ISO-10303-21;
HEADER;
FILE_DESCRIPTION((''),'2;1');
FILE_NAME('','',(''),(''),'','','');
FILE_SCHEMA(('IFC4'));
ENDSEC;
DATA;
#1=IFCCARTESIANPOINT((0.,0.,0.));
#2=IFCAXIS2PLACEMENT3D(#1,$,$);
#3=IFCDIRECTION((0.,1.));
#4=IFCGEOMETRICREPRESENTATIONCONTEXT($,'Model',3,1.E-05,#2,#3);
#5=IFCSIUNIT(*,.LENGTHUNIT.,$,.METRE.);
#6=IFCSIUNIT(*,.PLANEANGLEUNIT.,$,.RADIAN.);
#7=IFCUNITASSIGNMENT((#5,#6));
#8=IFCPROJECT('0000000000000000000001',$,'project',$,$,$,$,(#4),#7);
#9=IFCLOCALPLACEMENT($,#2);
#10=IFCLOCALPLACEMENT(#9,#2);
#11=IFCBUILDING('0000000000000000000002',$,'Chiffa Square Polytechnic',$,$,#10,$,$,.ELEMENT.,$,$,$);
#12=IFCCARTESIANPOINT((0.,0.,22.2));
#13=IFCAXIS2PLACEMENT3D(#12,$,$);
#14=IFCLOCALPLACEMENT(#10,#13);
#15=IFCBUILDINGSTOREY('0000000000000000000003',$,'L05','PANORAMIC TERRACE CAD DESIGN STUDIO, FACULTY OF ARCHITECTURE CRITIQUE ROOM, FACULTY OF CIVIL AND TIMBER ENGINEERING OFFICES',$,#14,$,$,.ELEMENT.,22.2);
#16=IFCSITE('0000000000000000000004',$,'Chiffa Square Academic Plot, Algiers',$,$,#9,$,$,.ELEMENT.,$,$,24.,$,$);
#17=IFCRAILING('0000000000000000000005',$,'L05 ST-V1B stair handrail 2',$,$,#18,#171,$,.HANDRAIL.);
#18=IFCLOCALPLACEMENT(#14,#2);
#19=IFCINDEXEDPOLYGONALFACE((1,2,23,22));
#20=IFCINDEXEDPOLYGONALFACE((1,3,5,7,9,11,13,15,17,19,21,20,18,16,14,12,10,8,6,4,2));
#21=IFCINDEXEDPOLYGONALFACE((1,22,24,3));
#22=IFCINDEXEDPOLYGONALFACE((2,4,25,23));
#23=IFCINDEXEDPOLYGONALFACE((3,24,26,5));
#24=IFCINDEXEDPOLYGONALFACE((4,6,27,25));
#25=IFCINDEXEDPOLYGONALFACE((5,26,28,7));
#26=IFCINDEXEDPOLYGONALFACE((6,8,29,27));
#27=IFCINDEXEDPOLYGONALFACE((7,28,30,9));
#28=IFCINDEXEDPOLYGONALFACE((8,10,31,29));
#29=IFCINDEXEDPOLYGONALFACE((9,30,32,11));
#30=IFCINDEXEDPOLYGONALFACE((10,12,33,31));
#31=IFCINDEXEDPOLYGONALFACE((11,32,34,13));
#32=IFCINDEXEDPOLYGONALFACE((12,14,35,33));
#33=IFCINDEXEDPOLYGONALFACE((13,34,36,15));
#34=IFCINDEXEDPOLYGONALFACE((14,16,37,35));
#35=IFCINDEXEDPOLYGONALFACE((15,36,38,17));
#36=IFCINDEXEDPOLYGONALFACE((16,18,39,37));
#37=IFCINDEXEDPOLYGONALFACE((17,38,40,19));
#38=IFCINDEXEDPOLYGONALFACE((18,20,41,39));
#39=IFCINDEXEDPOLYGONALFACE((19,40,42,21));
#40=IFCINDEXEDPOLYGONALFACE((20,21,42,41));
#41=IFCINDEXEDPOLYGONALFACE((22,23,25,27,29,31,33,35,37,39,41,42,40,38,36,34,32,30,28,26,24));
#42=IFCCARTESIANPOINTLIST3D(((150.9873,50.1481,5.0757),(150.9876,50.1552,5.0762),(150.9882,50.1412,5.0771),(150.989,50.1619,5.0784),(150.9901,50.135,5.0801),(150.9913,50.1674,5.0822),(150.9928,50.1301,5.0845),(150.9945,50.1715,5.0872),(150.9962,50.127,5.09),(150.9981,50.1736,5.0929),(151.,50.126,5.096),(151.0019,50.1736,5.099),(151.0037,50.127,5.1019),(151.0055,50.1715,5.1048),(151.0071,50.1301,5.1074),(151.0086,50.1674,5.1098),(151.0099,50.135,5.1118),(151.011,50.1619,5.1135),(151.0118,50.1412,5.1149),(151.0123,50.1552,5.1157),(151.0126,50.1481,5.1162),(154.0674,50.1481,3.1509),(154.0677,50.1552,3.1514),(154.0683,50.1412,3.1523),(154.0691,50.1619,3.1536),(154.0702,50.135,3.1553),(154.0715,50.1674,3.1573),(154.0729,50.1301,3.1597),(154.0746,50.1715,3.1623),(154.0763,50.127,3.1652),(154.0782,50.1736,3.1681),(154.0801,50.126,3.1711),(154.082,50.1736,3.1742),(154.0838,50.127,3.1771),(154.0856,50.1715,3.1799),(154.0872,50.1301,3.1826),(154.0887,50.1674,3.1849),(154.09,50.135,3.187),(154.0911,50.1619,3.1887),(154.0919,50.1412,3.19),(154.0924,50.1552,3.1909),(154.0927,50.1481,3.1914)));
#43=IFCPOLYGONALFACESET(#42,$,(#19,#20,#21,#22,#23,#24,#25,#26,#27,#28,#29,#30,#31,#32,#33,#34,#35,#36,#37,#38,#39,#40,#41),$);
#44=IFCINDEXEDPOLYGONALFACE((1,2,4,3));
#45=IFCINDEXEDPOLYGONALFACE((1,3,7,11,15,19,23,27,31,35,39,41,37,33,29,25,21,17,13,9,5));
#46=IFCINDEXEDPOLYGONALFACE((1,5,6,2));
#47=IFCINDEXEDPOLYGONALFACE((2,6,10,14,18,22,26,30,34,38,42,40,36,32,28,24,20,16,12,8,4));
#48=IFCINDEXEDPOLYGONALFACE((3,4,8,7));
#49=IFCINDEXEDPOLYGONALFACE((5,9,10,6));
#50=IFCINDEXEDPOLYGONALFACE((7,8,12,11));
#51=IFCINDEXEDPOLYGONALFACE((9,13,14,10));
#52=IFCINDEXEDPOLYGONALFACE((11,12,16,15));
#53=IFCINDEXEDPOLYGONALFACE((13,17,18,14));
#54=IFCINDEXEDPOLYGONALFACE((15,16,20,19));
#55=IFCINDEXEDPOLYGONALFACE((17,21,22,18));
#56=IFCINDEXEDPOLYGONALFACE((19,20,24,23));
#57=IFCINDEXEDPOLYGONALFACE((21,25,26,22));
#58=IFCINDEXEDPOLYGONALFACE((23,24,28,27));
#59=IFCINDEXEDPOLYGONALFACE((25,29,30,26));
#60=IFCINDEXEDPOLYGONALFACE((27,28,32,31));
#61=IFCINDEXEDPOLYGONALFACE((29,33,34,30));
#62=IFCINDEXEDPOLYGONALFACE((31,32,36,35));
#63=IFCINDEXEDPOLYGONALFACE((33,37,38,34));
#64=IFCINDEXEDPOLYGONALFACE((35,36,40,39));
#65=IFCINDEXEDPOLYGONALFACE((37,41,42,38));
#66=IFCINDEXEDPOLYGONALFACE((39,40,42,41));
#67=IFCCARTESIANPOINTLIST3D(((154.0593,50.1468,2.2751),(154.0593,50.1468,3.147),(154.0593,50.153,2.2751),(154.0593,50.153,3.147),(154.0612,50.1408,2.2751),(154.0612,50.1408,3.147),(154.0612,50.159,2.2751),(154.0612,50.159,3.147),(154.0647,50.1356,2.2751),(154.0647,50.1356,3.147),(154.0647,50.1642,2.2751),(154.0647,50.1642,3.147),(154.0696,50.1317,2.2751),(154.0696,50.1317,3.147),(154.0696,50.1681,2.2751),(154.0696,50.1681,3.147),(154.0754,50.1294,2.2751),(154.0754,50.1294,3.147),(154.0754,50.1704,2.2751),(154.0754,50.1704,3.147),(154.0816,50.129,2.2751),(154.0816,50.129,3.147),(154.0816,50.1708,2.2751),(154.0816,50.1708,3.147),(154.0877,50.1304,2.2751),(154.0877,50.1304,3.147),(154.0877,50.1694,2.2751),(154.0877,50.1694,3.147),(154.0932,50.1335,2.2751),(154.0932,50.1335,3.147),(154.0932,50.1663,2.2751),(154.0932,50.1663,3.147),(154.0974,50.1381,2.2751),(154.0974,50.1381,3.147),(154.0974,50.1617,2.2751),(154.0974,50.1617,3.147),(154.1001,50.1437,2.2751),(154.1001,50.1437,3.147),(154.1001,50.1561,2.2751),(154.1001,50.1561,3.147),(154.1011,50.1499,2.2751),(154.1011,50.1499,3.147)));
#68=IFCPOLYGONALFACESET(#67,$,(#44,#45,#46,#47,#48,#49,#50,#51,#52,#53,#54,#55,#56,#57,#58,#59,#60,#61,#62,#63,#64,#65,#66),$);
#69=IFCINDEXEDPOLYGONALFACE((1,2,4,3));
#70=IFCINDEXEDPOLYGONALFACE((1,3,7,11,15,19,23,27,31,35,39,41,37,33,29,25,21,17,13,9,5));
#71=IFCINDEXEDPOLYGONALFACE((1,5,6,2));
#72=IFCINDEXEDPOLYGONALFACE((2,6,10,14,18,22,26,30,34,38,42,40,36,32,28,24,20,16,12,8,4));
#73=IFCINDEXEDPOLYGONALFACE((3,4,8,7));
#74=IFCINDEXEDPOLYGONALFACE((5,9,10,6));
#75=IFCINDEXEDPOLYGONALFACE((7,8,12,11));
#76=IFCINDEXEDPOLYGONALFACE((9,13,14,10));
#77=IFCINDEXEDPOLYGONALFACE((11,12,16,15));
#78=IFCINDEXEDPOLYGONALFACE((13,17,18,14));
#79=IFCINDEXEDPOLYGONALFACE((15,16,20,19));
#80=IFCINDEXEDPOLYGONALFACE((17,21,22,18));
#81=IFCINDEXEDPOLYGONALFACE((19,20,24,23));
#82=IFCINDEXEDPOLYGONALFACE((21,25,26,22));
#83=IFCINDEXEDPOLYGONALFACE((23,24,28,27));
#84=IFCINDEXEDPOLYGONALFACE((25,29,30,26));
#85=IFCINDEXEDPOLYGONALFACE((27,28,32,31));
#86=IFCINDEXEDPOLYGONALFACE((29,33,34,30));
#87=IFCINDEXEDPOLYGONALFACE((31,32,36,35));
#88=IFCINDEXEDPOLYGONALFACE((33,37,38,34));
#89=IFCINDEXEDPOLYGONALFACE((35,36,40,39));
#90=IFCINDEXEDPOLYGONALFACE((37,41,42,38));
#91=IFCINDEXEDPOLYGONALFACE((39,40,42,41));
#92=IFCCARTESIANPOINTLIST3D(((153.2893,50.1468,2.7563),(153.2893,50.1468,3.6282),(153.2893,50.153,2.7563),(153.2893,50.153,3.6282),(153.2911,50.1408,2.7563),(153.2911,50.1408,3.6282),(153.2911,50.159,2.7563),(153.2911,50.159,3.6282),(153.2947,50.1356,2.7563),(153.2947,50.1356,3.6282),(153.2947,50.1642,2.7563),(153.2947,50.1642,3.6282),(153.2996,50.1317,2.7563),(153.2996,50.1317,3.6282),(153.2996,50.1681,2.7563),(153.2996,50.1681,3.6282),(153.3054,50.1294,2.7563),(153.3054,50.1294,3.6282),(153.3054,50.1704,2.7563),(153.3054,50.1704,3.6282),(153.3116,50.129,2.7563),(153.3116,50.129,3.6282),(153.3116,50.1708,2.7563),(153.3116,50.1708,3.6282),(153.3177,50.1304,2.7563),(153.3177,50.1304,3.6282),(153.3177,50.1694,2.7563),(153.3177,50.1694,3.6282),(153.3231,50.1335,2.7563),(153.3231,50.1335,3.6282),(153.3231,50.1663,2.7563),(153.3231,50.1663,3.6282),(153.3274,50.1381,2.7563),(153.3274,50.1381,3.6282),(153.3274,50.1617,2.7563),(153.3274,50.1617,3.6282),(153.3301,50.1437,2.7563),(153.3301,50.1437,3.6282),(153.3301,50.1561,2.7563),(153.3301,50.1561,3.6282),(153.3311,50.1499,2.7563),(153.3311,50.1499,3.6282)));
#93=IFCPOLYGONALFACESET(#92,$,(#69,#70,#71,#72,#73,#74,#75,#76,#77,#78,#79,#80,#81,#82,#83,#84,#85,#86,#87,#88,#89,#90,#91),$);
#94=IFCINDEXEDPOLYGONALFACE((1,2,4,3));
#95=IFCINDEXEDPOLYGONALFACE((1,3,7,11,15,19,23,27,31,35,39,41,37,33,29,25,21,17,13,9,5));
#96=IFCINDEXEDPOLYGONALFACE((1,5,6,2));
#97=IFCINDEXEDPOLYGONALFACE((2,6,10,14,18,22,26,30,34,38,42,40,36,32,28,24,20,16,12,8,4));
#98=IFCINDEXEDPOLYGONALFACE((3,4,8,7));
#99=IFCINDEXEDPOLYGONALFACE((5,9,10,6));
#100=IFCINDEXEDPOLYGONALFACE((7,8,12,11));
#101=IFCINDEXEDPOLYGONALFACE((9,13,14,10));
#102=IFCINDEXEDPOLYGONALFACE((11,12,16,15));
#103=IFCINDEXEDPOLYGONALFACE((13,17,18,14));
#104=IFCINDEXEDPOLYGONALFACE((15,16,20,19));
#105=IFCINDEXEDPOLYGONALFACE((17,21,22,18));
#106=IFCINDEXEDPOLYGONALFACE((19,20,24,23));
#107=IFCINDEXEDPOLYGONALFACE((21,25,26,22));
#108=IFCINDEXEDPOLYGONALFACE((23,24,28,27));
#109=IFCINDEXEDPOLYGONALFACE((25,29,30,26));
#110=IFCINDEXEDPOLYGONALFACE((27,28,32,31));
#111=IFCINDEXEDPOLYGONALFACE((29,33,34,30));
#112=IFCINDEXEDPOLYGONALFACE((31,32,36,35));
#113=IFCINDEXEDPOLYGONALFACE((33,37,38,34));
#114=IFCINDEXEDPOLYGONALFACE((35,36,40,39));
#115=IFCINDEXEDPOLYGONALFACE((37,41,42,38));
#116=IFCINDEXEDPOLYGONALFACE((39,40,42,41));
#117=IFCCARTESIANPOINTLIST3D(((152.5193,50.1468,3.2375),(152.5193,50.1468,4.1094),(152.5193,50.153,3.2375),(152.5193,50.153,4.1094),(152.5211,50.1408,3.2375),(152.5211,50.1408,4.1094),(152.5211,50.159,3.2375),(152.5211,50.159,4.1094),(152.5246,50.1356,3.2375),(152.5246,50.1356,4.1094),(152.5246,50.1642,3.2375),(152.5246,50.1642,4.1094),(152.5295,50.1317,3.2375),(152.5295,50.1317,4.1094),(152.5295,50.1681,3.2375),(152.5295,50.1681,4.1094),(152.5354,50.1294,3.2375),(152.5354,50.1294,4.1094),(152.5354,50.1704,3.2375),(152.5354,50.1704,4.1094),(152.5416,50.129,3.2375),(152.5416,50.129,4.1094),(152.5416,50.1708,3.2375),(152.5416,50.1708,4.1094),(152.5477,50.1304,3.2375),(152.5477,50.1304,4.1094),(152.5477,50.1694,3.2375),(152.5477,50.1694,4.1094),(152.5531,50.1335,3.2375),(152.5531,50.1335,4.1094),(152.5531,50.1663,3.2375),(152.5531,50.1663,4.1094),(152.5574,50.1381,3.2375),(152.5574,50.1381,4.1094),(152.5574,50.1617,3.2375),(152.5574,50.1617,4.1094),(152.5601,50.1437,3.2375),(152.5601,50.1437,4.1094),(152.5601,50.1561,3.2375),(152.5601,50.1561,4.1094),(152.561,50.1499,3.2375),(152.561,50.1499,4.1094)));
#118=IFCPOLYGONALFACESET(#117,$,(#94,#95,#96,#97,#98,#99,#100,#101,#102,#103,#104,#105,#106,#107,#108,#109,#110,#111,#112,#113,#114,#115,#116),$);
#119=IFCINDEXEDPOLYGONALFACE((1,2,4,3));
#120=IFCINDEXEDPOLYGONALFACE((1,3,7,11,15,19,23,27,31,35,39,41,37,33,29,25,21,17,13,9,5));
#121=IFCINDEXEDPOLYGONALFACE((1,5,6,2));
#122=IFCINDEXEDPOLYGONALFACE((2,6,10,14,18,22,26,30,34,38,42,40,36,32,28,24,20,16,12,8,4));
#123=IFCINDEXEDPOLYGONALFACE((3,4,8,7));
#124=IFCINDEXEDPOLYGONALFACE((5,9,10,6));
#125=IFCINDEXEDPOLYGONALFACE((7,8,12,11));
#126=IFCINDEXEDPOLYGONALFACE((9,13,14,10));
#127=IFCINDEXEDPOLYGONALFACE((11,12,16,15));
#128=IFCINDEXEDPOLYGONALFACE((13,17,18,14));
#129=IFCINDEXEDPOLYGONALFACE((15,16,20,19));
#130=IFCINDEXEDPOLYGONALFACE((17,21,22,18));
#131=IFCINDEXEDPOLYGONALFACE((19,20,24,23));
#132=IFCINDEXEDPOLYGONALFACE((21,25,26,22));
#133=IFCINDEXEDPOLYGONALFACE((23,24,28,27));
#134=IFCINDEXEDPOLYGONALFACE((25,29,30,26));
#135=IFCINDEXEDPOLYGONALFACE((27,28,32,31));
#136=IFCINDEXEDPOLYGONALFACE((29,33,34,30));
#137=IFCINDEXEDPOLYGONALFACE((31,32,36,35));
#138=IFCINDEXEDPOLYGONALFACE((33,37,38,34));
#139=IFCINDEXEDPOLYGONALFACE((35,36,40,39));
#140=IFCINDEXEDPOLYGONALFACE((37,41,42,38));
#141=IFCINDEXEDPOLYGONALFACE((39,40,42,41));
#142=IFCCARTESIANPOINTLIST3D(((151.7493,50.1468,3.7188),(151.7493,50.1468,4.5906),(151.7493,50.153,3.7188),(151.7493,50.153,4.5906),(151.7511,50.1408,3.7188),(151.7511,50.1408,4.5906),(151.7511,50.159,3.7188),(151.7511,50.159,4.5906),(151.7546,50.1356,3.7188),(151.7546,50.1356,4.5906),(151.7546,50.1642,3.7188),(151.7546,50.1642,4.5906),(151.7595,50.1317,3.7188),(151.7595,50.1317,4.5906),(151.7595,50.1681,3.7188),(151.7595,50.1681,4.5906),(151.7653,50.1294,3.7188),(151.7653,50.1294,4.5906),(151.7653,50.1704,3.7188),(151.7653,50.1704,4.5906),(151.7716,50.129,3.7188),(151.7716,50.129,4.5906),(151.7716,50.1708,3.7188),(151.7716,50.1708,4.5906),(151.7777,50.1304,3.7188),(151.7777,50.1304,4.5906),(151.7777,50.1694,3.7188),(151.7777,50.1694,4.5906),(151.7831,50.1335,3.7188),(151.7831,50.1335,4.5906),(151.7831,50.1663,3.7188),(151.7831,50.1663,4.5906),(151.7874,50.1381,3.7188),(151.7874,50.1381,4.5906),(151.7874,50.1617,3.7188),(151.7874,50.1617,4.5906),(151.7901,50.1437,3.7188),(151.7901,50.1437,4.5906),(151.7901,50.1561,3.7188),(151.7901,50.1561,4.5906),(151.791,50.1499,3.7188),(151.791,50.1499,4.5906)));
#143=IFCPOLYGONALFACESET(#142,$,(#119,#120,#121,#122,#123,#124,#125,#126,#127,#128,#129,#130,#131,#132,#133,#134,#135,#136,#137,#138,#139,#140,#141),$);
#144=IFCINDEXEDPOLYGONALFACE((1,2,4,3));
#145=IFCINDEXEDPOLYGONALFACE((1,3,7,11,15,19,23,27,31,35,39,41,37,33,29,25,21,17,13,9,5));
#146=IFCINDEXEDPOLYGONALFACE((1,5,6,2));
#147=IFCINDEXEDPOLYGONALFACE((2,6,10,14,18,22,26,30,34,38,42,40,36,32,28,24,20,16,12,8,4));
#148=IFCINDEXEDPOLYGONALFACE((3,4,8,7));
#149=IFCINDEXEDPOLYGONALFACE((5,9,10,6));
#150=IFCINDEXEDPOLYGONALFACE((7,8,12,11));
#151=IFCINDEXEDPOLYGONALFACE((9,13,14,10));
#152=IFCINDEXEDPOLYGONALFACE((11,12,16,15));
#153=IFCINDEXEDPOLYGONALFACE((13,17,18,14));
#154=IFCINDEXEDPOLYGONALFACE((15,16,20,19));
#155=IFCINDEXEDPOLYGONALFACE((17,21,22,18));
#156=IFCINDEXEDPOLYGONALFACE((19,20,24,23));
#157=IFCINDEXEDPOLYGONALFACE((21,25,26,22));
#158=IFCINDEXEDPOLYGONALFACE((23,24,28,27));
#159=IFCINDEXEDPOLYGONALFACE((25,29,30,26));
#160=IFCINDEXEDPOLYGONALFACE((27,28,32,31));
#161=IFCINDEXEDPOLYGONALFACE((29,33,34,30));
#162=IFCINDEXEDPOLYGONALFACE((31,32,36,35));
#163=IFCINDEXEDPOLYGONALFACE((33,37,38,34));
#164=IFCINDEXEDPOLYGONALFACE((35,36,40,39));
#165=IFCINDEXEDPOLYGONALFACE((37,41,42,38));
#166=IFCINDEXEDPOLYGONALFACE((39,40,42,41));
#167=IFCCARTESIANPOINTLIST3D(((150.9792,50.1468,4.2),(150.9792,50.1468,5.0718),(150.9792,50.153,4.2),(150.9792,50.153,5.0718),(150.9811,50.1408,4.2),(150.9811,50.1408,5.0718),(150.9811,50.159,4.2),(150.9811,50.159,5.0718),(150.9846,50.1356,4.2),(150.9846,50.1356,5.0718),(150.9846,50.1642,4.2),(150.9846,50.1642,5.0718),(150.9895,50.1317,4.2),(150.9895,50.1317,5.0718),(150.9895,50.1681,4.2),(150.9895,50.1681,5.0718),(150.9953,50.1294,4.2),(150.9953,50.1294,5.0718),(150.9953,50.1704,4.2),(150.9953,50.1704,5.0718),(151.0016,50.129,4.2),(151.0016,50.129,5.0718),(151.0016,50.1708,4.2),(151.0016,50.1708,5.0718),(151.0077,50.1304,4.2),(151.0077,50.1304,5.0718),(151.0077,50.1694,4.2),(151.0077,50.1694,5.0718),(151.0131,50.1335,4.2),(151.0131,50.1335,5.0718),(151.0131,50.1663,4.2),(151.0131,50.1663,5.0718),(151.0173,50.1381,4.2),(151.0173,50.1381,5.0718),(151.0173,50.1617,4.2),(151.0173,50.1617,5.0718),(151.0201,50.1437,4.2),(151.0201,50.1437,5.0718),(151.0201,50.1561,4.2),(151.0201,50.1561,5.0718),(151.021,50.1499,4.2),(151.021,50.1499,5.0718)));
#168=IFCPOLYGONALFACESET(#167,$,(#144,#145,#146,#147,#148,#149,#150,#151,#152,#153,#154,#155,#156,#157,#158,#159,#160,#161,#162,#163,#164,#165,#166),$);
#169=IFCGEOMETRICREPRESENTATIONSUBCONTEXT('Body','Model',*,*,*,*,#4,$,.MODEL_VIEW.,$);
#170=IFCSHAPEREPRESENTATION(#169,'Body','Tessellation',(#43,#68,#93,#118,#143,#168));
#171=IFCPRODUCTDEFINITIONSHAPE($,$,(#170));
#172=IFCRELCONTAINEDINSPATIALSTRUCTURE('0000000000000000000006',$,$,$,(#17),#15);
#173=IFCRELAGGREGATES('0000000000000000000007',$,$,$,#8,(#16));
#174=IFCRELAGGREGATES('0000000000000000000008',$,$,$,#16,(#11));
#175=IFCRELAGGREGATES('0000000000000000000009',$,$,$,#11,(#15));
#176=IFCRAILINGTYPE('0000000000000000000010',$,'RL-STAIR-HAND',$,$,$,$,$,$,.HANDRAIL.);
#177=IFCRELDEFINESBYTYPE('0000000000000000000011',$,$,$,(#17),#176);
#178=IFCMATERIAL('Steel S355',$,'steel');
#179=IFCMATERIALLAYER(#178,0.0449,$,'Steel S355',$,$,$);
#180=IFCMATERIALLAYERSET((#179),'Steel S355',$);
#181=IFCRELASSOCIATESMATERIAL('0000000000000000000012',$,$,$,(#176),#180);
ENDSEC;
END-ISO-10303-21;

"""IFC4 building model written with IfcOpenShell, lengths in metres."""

from ifc_helpers import new_model, si_unit, direction, frame, origin, origin_2d, place, context, subcontext, project, spatial, circle, extrude, material, layer, layer_set, type_object, element, save


model = new_model("IFC4")

# Units and contexts
model_context = context("Model", 3, precision=1e-05, world=origin(), true_north=direction((0.0, 1.0)))
body_context = subcontext(model_context, "Body", "Model", "MODEL_VIEW")
ifc_project = project(units=[si_unit("LENGTHUNIT", "METRE"), si_unit("PLANEANGLEUNIT", "RADIAN")], contexts=[model_context])

# Site, building, storey
site_placement = place(None, origin())
site = spatial("IfcSite", under=ifc_project, at=site_placement, Name="Chiffa Square Academic Plot, Algiers", CompositionType="ELEMENT", RefElevation=24.0)
building_placement = place(site_placement, origin())
building = spatial("IfcBuilding", under=site, at=building_placement, Name="Chiffa Square Polytechnic", CompositionType="ELEMENT")
storey_placement = place(building_placement, frame((0.0, 0.0, 22.2)))
storey = spatial("IfcBuildingStorey", under=building, at=storey_placement, Name="L05", Description="PANORAMIC TERRACE CAD DESIGN STUDIO, FACULTY OF ARCHITECTURE CRITIQUE ROOM, FACULTY OF CIVIL AND TIMBER ENGINEERING OFFICES", CompositionType="ELEMENT", Elevation=22.2)

# Railing
ifc_material_1 = material(Name="Steel S355", Category="steel")
ifc_layer_1 = layer(ifc_material_1, 0.0449, Name="Steel S355")
ifc_layer_set_1 = layer_set([ifc_layer_1], Name="Steel S355")
railing_type_1 = type_object("IfcRailingType", Name="RL-STAIR-HAND", PredefinedType="HANDRAIL", material=ifc_layer_set_1)
railing_1_placement = place(storey_placement, frame((154.0801, 50.1499, 2.2751)))
element("IfcRailing", 1, at=railing_1_placement, inside=storey, type_object=railing_type_1, Name="L05 ST-V1B stair handrail 2", PredefinedType="HANDRAIL", context=body_context, shape_type="SweptSolid", body=[
    extrude(circle(Radius=0.0239, at=origin_2d()), frame((0.0, 0.0, 0.896), z_axis=(-0.848029, 0.0, 0.529951), x_axis=(0.0, -1.0, 0.0)), (0.0, 0.0, 1.0), 3.6321),
    extrude(circle(Radius=0.021, at=origin_2d()), origin(), (0.0, 0.0, 1.0), 0.8718),
    extrude(circle(Radius=0.021, at=origin_2d()), frame((-0.77, 0.0, 0.4812)), (0.0, 0.0, 1.0), 0.8718),
    extrude(circle(Radius=0.021, at=origin_2d()), frame((-1.54, 0.0, 0.9624)), (0.0, 0.0, 1.0), 0.8718),
    extrude(circle(Radius=0.021, at=origin_2d()), frame((-2.3101, 0.0, 1.4436)), (0.0, 0.0, 1.0), 0.8718),
    extrude(circle(Radius=0.021, at=origin_2d()), frame((-3.0801, 0.0, 1.9248)), (0.0, 0.0, 1.0), 0.8718),
])

save(model, "model.ifc")
